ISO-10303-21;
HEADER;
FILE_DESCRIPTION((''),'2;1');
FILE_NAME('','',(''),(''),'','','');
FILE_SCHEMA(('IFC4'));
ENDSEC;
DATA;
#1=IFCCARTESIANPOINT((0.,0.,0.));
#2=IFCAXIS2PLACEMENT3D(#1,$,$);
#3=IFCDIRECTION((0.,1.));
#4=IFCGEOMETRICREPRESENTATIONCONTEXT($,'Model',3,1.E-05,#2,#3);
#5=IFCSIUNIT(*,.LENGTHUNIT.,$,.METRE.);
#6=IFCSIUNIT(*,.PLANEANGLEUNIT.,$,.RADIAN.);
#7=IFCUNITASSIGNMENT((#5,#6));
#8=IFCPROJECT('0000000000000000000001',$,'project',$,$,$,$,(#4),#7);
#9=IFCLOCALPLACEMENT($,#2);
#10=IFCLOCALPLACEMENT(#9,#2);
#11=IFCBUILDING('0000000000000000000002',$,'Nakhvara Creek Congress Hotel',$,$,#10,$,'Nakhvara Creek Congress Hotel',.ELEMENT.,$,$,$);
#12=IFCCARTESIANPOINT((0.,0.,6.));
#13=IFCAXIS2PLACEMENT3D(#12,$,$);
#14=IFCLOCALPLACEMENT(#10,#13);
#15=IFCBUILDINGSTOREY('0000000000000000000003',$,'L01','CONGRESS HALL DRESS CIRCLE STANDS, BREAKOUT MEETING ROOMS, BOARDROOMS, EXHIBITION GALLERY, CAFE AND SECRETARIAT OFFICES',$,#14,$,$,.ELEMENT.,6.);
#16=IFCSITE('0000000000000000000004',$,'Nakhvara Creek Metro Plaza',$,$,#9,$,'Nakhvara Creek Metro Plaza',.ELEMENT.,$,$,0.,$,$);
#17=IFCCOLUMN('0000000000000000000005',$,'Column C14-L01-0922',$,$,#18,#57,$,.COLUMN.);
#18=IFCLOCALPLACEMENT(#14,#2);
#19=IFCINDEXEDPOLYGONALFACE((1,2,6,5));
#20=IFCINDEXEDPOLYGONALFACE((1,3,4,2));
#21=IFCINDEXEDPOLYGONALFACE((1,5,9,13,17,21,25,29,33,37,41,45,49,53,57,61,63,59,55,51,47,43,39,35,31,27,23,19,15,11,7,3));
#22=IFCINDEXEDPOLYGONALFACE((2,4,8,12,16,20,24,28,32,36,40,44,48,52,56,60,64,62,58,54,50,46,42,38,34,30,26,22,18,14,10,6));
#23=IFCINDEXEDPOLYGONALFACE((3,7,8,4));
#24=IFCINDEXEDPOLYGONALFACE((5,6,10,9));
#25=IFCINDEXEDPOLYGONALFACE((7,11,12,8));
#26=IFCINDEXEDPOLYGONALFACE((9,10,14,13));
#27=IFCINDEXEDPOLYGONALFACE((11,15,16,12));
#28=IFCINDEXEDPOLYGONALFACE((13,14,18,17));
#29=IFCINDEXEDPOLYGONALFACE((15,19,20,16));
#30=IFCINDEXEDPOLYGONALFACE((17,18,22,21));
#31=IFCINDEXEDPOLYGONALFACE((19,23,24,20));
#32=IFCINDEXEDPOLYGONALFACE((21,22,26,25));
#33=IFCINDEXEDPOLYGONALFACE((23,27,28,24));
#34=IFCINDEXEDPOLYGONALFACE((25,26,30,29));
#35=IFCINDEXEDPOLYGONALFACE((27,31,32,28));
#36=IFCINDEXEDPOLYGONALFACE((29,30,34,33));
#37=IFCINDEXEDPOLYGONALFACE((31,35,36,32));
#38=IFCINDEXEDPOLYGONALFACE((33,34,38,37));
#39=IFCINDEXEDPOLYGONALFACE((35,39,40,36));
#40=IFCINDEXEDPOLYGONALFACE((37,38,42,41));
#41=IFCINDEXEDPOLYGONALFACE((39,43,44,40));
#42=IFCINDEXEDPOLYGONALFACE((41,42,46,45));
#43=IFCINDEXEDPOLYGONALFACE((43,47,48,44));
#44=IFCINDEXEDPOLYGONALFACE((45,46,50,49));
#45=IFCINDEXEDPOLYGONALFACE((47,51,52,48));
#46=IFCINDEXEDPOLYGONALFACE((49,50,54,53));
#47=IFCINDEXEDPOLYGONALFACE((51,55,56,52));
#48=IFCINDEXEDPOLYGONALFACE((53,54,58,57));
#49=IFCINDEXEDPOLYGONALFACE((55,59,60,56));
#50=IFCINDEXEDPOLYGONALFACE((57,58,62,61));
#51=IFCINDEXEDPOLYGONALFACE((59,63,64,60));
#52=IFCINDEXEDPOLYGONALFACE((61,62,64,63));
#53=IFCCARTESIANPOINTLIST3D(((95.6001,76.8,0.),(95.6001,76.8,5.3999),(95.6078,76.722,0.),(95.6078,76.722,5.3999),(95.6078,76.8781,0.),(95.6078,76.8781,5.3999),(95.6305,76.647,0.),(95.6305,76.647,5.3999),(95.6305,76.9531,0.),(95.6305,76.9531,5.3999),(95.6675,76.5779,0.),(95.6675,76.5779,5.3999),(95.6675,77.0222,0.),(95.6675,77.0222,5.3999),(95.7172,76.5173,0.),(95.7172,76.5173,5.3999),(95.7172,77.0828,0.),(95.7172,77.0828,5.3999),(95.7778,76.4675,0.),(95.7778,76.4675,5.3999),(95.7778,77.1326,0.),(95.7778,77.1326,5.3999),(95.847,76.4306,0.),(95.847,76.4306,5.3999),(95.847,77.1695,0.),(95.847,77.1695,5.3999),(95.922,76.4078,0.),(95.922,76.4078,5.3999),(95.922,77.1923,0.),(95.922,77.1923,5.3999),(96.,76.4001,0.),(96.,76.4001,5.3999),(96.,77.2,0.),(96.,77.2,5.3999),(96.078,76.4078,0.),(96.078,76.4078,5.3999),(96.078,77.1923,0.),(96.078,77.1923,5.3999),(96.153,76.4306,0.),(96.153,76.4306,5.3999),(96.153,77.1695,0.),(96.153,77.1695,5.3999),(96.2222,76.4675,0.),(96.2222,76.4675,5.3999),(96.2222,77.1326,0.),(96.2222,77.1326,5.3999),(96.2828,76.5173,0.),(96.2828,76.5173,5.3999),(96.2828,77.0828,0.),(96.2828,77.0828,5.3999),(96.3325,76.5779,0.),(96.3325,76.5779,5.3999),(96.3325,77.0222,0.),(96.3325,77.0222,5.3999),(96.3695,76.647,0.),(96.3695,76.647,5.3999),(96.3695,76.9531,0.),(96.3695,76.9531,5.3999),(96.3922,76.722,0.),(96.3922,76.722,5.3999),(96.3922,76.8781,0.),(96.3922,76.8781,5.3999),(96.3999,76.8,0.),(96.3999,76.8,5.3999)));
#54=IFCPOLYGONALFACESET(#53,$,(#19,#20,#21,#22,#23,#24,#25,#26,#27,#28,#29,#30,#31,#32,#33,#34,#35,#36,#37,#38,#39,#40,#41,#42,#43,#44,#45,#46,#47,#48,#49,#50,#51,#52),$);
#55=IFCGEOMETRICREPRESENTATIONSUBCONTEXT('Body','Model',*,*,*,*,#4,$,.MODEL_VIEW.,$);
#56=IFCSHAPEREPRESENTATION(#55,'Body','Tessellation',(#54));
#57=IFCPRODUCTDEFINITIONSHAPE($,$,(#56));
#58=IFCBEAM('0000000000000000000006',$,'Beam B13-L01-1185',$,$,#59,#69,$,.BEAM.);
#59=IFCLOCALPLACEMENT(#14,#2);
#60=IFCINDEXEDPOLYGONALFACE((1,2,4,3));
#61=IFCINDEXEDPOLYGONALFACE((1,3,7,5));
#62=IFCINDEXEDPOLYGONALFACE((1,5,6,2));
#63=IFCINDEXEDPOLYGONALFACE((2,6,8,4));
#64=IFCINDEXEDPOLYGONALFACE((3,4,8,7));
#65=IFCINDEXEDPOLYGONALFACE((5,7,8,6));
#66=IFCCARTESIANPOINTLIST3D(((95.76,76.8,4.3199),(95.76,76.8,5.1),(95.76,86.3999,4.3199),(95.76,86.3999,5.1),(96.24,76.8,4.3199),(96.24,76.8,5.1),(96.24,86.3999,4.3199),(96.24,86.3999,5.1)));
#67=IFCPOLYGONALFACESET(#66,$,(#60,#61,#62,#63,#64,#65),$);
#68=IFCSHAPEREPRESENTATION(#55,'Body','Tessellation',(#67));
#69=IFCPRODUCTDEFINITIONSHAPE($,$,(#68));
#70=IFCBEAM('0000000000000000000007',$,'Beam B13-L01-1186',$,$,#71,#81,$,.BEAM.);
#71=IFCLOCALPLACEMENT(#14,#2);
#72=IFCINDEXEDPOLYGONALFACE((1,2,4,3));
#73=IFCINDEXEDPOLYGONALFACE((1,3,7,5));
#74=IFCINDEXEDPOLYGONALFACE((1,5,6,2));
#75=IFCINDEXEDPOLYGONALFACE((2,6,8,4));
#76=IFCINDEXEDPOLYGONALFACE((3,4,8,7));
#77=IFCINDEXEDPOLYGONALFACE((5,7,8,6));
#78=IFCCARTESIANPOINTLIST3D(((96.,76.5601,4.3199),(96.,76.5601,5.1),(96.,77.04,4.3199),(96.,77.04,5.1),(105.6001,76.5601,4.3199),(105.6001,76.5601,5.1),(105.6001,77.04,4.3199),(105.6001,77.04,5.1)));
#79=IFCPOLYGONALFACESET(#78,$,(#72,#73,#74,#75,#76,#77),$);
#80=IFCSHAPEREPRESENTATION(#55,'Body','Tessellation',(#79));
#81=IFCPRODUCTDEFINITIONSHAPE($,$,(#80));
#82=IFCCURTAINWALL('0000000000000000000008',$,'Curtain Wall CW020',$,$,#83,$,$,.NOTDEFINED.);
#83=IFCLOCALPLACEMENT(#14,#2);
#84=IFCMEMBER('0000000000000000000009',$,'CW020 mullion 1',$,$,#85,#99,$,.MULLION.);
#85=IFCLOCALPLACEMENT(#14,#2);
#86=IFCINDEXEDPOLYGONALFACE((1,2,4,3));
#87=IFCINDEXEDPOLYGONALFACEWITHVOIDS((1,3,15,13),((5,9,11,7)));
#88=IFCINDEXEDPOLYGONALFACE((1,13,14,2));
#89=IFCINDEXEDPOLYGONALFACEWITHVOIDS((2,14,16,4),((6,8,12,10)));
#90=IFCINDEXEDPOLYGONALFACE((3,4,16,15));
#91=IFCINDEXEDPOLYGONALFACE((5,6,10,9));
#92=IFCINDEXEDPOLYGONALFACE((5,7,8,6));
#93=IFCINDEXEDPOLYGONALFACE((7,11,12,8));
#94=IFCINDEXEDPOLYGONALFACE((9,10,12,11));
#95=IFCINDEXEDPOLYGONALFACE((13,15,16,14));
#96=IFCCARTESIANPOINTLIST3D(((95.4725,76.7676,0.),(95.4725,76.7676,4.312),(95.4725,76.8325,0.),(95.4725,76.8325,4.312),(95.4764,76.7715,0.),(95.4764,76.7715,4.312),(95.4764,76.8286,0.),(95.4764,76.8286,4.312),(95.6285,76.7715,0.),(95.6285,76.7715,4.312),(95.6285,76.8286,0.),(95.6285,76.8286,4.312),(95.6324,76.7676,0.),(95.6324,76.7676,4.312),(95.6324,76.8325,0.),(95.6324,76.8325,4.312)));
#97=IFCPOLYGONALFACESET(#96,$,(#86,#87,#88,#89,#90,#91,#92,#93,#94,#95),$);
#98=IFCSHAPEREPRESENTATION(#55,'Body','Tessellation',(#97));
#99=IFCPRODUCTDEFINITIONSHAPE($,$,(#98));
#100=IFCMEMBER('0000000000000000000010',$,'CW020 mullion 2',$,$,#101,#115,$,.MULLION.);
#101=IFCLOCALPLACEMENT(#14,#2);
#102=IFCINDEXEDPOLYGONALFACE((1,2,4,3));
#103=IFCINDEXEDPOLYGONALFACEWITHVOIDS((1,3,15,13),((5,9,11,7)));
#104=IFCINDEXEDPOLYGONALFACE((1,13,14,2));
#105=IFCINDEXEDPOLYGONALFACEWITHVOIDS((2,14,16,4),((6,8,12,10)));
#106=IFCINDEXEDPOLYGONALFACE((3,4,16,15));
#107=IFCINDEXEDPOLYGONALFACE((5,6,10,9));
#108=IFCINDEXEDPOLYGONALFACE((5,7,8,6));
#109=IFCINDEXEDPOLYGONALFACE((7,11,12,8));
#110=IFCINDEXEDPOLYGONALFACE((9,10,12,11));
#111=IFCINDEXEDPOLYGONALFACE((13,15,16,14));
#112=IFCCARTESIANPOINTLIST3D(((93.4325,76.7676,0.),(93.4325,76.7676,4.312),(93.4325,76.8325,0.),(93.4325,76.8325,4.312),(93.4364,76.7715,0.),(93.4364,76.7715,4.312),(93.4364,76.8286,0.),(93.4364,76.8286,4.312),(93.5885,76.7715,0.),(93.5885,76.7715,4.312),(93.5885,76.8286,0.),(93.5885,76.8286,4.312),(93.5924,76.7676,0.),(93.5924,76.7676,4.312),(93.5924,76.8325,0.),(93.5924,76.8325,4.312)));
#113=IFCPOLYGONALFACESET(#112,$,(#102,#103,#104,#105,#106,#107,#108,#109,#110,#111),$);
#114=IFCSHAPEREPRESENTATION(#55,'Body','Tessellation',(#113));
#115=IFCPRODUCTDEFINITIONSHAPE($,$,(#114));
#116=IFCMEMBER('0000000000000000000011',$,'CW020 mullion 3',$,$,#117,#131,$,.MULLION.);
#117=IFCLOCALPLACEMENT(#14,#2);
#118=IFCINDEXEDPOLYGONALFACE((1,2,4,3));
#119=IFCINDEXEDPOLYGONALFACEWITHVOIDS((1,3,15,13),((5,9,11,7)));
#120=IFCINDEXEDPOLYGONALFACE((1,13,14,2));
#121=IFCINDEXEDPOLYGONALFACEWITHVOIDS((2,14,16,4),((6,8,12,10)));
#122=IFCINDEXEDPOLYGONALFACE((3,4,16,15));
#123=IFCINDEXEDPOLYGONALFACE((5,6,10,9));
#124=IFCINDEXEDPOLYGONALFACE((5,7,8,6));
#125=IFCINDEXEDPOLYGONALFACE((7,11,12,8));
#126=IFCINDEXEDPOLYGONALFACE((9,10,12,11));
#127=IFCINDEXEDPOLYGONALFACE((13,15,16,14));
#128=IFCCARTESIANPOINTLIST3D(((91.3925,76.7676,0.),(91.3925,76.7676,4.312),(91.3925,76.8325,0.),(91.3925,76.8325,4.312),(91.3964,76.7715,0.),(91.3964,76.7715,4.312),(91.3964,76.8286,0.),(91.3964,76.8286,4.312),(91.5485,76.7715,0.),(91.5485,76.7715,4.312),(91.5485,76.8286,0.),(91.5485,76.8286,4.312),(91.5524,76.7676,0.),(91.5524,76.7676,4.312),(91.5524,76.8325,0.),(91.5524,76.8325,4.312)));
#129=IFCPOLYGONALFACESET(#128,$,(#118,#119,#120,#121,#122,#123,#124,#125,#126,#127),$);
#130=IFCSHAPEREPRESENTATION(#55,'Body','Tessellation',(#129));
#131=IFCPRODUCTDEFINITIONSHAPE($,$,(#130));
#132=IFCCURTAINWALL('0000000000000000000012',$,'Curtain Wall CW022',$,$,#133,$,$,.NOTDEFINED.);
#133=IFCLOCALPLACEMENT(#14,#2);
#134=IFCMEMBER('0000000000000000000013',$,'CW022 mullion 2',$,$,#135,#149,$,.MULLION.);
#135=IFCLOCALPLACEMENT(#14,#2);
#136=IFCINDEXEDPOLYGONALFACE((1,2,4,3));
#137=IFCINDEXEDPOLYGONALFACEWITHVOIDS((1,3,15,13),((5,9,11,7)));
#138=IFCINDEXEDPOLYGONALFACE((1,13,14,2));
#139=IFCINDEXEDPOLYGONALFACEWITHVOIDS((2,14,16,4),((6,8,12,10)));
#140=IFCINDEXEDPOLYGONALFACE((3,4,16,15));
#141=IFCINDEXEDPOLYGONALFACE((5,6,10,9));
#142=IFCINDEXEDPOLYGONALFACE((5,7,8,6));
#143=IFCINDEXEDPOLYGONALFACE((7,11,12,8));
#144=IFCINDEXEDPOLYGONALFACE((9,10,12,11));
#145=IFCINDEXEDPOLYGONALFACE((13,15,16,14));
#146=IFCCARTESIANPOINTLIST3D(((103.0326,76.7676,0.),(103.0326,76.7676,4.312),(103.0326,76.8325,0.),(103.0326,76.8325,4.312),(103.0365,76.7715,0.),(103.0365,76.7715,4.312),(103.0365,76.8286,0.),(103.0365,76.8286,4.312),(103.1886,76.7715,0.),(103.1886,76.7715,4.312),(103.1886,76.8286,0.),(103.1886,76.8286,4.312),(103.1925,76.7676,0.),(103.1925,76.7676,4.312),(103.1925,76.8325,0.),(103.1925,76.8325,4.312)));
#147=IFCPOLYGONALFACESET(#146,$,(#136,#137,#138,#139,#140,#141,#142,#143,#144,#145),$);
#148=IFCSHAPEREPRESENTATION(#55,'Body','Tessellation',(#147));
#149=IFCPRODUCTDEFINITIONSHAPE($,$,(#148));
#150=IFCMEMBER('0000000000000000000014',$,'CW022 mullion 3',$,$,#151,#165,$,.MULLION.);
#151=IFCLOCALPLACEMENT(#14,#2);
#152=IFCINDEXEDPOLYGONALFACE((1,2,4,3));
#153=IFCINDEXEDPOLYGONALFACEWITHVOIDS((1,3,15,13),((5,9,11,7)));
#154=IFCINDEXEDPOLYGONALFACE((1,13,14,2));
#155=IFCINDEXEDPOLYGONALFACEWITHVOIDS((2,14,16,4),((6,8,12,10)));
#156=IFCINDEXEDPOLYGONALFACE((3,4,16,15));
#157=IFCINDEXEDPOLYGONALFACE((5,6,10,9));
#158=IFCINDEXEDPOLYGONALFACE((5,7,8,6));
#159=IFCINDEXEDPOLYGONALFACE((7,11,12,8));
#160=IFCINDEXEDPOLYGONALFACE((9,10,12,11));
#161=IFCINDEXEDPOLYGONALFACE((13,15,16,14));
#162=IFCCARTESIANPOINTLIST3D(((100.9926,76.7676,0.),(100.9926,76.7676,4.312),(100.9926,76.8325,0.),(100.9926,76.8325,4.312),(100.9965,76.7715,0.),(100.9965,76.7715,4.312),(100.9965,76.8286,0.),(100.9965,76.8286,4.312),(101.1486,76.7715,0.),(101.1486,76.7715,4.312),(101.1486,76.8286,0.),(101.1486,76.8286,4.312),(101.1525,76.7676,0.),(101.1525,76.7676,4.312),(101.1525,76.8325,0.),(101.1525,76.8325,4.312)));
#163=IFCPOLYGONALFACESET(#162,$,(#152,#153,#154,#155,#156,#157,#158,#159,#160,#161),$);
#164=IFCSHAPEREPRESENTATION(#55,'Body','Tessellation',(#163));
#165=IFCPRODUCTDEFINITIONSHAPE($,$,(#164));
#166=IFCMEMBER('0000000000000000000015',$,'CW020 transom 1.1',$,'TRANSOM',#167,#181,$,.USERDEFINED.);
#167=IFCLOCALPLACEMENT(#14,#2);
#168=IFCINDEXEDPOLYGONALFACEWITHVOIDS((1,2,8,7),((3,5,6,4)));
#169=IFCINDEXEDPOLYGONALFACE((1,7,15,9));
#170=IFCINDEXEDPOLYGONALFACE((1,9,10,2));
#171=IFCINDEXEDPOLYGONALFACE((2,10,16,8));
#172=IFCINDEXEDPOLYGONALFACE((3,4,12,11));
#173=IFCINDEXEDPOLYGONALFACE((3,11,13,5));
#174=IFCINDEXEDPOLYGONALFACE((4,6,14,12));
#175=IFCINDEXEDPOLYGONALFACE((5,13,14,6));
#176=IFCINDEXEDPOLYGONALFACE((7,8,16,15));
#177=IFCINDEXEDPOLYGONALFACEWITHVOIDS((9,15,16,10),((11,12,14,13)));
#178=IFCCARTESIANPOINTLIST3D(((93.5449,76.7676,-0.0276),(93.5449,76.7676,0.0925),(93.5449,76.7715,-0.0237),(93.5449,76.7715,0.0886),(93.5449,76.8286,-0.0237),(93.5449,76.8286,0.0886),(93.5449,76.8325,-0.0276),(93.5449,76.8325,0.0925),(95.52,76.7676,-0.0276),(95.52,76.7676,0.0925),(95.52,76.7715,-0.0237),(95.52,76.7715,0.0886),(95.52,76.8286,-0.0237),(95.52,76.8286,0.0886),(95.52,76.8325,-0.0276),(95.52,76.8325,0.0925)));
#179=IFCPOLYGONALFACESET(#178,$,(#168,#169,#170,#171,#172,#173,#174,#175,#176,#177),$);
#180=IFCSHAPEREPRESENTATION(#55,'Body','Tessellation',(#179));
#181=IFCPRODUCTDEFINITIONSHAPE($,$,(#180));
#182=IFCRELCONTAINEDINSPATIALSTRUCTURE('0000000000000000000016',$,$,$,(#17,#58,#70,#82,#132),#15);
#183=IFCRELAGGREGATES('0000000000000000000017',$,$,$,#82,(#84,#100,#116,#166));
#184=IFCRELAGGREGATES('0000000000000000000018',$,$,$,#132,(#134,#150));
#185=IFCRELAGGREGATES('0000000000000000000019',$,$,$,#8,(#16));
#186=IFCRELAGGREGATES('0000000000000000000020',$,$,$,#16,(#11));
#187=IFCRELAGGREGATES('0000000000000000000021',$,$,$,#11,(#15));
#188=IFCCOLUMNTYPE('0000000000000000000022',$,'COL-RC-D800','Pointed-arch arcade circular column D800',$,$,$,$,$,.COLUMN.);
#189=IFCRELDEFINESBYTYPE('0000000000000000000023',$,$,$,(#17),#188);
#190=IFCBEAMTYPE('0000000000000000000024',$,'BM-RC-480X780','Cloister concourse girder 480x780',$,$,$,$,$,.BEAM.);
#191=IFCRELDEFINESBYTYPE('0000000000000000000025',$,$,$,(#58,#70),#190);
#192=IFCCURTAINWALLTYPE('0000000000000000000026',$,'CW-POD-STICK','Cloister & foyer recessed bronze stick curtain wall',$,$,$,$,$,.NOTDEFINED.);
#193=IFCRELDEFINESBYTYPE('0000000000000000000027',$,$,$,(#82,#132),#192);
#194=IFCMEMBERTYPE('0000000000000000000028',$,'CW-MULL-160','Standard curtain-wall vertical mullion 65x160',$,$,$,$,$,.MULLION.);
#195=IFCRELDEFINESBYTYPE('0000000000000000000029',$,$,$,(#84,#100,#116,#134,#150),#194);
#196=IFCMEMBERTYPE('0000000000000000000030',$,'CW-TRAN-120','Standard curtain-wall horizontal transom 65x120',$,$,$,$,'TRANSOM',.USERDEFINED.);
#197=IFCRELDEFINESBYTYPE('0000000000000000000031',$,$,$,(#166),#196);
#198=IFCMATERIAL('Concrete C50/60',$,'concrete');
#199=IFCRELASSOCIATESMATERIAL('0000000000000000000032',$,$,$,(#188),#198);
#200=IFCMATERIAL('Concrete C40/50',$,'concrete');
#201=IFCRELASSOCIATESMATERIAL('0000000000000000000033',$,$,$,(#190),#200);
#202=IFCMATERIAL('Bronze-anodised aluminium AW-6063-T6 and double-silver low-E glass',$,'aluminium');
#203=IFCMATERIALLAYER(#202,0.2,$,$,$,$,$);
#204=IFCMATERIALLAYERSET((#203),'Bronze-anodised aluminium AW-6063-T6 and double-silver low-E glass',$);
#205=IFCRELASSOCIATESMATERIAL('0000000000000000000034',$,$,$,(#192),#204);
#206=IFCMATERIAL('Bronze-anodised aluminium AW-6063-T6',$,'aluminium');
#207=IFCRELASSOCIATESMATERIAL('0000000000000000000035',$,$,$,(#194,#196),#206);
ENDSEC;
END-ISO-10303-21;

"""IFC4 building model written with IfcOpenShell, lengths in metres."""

from ifc_helpers import new_model, si_unit, direction, frame, origin, origin_2d, place, context, subcontext, project, spatial, rectangle, hollow_rectangle, circle, extrude, material, layer, layer_set, material_profile, profile_set, type_object, element, aggregate, save


model = new_model("IFC4")

# Units and contexts
model_context = context("Model", 3, precision=1e-05, world=origin(), true_north=direction((0.0, 1.0)))
body_context = subcontext(model_context, "Body", "Model", "MODEL_VIEW")
ifc_project = project(units=[si_unit("LENGTHUNIT", "METRE"), si_unit("PLANEANGLEUNIT", "RADIAN")], contexts=[model_context])

# Site, building, storey
site_placement = place(None, origin())
site = spatial("IfcSite", under=ifc_project, at=site_placement, Name="Nakhvara Creek Metro Plaza", LongName="Nakhvara Creek Metro Plaza", CompositionType="ELEMENT", RefElevation=0.0)
building_placement = place(site_placement, origin())
building = spatial("IfcBuilding", under=site, at=building_placement, Name="Nakhvara Creek Congress Hotel", LongName="Nakhvara Creek Congress Hotel", CompositionType="ELEMENT")
storey_placement = place(building_placement, frame((0.0, 0.0, 6.0)))
storey = spatial("IfcBuildingStorey", under=building, at=storey_placement, Name="L01", Description="CONGRESS HALL DRESS CIRCLE STANDS, BREAKOUT MEETING ROOMS, BOARDROOMS, EXHIBITION GALLERY, CAFE AND SECRETARIAT OFFICES", CompositionType="ELEMENT", Elevation=6.0)

# Column
ifc_material_1 = material(Name="Concrete C50/60", Category="concrete")
ifc_material_profile_1 = material_profile(ifc_material_1, circle(Radius=0.3999, at=origin_2d()), Name="RC-COL D800", Category="LoadBearing")
ifc_profile_set_1 = profile_set([ifc_material_profile_1], Name="Concrete C50/60")
column_type = type_object("IfcColumnType", Name="COL-RC-D800", Description="Pointed-arch arcade circular column D800", PredefinedType="COLUMN", material=ifc_profile_set_1)
column_placement = place(storey_placement, frame((96.0, 76.8, 0.0), z_axis=(0.0, 0.0, 1.0), x_axis=(1.0, 0.0, 0.0)))
element("IfcColumn", 1, at=column_placement, inside=storey, type_object=column_type, Name="Column C14-L01-0922", PredefinedType="COLUMN", context=body_context, shape_type="SweptSolid", body=[
    extrude(circle(Radius=0.3999, at=origin_2d()), origin(), (0.0, 0.0, 1.0), 5.3999),
])

# Beams
ifc_material_2 = material(Name="Concrete C40/50", Category="concrete")
ifc_material_profile_2 = material_profile(ifc_material_2, rectangle(XDim=0.48, YDim=0.78, at=origin_2d()), Name="RC-BM 480x780", Category="LoadBearing")
ifc_profile_set_2 = profile_set([ifc_material_profile_2], Name="Concrete C40/50")
beam_type = type_object("IfcBeamType", Name="BM-RC-480X780", Description="Cloister concourse girder 480x780", PredefinedType="BEAM", material=ifc_profile_set_2)
beam_1_placement = place(storey_placement, frame((96.0, 76.8, 4.71), z_axis=(0.0, 1.0, 0.0), x_axis=(-1.0, 0.0, 0.0)))
element("IfcBeam", 2, at=beam_1_placement, inside=storey, type_object=beam_type, Name="Beam B13-L01-1185", PredefinedType="BEAM", context=body_context, shape_type="SweptSolid", body=[
    extrude(rectangle(XDim=0.48, YDim=0.78, at=origin_2d()), origin(), (0.0, 0.0, 1.0), 9.5999),
])
beam_2_placement = place(storey_placement, frame((96.0, 76.8, 4.71), z_axis=(1.0, 0.0, 0.0), x_axis=(0.0, 1.0, 0.0)))
element("IfcBeam", 3, at=beam_2_placement, inside=storey, type_object=beam_type, Name="Beam B13-L01-1186", PredefinedType="BEAM", context=body_context, shape_type="SweptSolid", body=[
    extrude(rectangle(XDim=0.48, YDim=0.78, at=origin_2d()), origin(), (0.0, 0.0, 1.0), 9.6001),
])

# Curtain walls, members
ifc_material_3 = material(Name="Bronze-anodised aluminium AW-6063-T6 and double-silver low-E glass", Category="aluminium")
ifc_layer = layer(ifc_material_3, 0.2)
ifc_layer_set = layer_set([ifc_layer], Name="Bronze-anodised aluminium AW-6063-T6 and double-silver low-E glass")
curtain_wall_type = type_object("IfcCurtainWallType", Name="CW-POD-STICK", Description="Cloister & foyer recessed bronze stick curtain wall", PredefinedType="NOTDEFINED", material=ifc_layer_set)
curtain_wall_1_placement = place(storey_placement, origin())
curtain_wall_1 = element("IfcCurtainWall", 4, at=curtain_wall_1_placement, inside=storey, type_object=curtain_wall_type, Name="Curtain Wall CW020", PredefinedType="NOTDEFINED")
ifc_material_4 = material(Name="Bronze-anodised aluminium AW-6063-T6", Category="aluminium")
ifc_material_profile_3 = material_profile(ifc_material_4, hollow_rectangle(XDim=0.0649, YDim=0.1599, WallThickness=0.0039, at=origin_2d()), Name="ALU-MULL 65x160x4", Category="LoadBearing")
ifc_profile_set_3 = profile_set([ifc_material_profile_3], Name="Bronze-anodised aluminium AW-6063-T6")
member_type_1 = type_object("IfcMemberType", Name="CW-MULL-160", Description="Standard curtain-wall vertical mullion 65x160", PredefinedType="MULLION", material=ifc_profile_set_3)
member_1_placement = place(storey_placement, frame((95.5525, 76.8, 0.0), z_axis=(0.0, 0.0, 1.0), x_axis=(0.0, -1.0, 0.0)))
member_1 = element("IfcMember", 5, at=member_1_placement, type_object=member_type_1, Name="CW020 mullion 1", PredefinedType="MULLION", context=body_context, shape_type="SweptSolid", body=[
    extrude(hollow_rectangle(XDim=0.0649, YDim=0.1599, WallThickness=0.0039, at=origin_2d()), origin(), (0.0, 0.0, 1.0), 4.312),
])
member_2_placement = place(storey_placement, frame((93.5125, 76.8, 0.0), z_axis=(0.0, 0.0, 1.0), x_axis=(0.0, -1.0, 0.0)))
member_2 = element("IfcMember", 6, at=member_2_placement, type_object=member_type_1, Name="CW020 mullion 2", PredefinedType="MULLION", context=body_context, shape_type="SweptSolid", body=[
    extrude(hollow_rectangle(XDim=0.0649, YDim=0.1599, WallThickness=0.0039, at=origin_2d()), origin(), (0.0, 0.0, 1.0), 4.312),
])
member_3_placement = place(storey_placement, frame((91.4724, 76.8, 0.0), z_axis=(0.0, 0.0, 1.0), x_axis=(0.0, -1.0, 0.0)))
member_3 = element("IfcMember", 7, at=member_3_placement, type_object=member_type_1, Name="CW020 mullion 3", PredefinedType="MULLION", context=body_context, shape_type="SweptSolid", body=[
    extrude(hollow_rectangle(XDim=0.0649, YDim=0.1599, WallThickness=0.0039, at=origin_2d()), origin(), (0.0, 0.0, 1.0), 4.312),
])
curtain_wall_2_placement = place(storey_placement, origin())
curtain_wall_2 = element("IfcCurtainWall", 8, at=curtain_wall_2_placement, inside=storey, type_object=curtain_wall_type, Name="Curtain Wall CW022", PredefinedType="NOTDEFINED")
member_4_placement = place(storey_placement, frame((103.1125, 76.8, 0.0), z_axis=(0.0, 0.0, 1.0), x_axis=(0.0, -1.0, 0.0)))
member_4 = element("IfcMember", 9, at=member_4_placement, type_object=member_type_1, Name="CW022 mullion 2", PredefinedType="MULLION", context=body_context, shape_type="SweptSolid", body=[
    extrude(hollow_rectangle(XDim=0.0649, YDim=0.1599, WallThickness=0.0039, at=origin_2d()), origin(), (0.0, 0.0, 1.0), 4.312),
])
member_5_placement = place(storey_placement, frame((101.0725, 76.8, 0.0), z_axis=(0.0, 0.0, 1.0), x_axis=(0.0, -1.0, 0.0)))
member_5 = element("IfcMember", 10, at=member_5_placement, type_object=member_type_1, Name="CW022 mullion 3", PredefinedType="MULLION", context=body_context, shape_type="SweptSolid", body=[
    extrude(hollow_rectangle(XDim=0.0649, YDim=0.1599, WallThickness=0.0039, at=origin_2d()), origin(), (0.0, 0.0, 1.0), 4.312),
])

# Member
ifc_material_profile_4 = material_profile(ifc_material_4, hollow_rectangle(XDim=0.0649, YDim=0.1201, WallThickness=0.0039, at=origin_2d()), Name="ALU-TRAN 65x120x4", Category="LoadBearing")
ifc_profile_set_4 = profile_set([ifc_material_profile_4], Name="Bronze-anodised aluminium AW-6063-T6")
member_type_2 = type_object("IfcMemberType", Name="CW-TRAN-120", Description="Standard curtain-wall horizontal transom 65x120", ElementType="TRANSOM", PredefinedType="USERDEFINED", material=ifc_profile_set_4)
member_6_placement = place(storey_placement, frame((95.52, 76.8, 0.0325), z_axis=(-1.0, 0.0, 0.0), x_axis=(0.0, -1.0, 0.0)))
member_6 = element("IfcMember", 11, at=member_6_placement, type_object=member_type_2, Name="CW020 transom 1.1", ObjectType="TRANSOM", PredefinedType="USERDEFINED", context=body_context, shape_type="SweptSolid", body=[
    extrude(hollow_rectangle(XDim=0.0649, YDim=0.1201, WallThickness=0.0039, at=origin_2d()), origin(), (0.0, 0.0, 1.0), 1.9751),
])

aggregate(curtain_wall_1, [member_1, member_2, member_3, member_6])
aggregate(curtain_wall_2, [member_4, member_5])

save(model, "model.ifc")
